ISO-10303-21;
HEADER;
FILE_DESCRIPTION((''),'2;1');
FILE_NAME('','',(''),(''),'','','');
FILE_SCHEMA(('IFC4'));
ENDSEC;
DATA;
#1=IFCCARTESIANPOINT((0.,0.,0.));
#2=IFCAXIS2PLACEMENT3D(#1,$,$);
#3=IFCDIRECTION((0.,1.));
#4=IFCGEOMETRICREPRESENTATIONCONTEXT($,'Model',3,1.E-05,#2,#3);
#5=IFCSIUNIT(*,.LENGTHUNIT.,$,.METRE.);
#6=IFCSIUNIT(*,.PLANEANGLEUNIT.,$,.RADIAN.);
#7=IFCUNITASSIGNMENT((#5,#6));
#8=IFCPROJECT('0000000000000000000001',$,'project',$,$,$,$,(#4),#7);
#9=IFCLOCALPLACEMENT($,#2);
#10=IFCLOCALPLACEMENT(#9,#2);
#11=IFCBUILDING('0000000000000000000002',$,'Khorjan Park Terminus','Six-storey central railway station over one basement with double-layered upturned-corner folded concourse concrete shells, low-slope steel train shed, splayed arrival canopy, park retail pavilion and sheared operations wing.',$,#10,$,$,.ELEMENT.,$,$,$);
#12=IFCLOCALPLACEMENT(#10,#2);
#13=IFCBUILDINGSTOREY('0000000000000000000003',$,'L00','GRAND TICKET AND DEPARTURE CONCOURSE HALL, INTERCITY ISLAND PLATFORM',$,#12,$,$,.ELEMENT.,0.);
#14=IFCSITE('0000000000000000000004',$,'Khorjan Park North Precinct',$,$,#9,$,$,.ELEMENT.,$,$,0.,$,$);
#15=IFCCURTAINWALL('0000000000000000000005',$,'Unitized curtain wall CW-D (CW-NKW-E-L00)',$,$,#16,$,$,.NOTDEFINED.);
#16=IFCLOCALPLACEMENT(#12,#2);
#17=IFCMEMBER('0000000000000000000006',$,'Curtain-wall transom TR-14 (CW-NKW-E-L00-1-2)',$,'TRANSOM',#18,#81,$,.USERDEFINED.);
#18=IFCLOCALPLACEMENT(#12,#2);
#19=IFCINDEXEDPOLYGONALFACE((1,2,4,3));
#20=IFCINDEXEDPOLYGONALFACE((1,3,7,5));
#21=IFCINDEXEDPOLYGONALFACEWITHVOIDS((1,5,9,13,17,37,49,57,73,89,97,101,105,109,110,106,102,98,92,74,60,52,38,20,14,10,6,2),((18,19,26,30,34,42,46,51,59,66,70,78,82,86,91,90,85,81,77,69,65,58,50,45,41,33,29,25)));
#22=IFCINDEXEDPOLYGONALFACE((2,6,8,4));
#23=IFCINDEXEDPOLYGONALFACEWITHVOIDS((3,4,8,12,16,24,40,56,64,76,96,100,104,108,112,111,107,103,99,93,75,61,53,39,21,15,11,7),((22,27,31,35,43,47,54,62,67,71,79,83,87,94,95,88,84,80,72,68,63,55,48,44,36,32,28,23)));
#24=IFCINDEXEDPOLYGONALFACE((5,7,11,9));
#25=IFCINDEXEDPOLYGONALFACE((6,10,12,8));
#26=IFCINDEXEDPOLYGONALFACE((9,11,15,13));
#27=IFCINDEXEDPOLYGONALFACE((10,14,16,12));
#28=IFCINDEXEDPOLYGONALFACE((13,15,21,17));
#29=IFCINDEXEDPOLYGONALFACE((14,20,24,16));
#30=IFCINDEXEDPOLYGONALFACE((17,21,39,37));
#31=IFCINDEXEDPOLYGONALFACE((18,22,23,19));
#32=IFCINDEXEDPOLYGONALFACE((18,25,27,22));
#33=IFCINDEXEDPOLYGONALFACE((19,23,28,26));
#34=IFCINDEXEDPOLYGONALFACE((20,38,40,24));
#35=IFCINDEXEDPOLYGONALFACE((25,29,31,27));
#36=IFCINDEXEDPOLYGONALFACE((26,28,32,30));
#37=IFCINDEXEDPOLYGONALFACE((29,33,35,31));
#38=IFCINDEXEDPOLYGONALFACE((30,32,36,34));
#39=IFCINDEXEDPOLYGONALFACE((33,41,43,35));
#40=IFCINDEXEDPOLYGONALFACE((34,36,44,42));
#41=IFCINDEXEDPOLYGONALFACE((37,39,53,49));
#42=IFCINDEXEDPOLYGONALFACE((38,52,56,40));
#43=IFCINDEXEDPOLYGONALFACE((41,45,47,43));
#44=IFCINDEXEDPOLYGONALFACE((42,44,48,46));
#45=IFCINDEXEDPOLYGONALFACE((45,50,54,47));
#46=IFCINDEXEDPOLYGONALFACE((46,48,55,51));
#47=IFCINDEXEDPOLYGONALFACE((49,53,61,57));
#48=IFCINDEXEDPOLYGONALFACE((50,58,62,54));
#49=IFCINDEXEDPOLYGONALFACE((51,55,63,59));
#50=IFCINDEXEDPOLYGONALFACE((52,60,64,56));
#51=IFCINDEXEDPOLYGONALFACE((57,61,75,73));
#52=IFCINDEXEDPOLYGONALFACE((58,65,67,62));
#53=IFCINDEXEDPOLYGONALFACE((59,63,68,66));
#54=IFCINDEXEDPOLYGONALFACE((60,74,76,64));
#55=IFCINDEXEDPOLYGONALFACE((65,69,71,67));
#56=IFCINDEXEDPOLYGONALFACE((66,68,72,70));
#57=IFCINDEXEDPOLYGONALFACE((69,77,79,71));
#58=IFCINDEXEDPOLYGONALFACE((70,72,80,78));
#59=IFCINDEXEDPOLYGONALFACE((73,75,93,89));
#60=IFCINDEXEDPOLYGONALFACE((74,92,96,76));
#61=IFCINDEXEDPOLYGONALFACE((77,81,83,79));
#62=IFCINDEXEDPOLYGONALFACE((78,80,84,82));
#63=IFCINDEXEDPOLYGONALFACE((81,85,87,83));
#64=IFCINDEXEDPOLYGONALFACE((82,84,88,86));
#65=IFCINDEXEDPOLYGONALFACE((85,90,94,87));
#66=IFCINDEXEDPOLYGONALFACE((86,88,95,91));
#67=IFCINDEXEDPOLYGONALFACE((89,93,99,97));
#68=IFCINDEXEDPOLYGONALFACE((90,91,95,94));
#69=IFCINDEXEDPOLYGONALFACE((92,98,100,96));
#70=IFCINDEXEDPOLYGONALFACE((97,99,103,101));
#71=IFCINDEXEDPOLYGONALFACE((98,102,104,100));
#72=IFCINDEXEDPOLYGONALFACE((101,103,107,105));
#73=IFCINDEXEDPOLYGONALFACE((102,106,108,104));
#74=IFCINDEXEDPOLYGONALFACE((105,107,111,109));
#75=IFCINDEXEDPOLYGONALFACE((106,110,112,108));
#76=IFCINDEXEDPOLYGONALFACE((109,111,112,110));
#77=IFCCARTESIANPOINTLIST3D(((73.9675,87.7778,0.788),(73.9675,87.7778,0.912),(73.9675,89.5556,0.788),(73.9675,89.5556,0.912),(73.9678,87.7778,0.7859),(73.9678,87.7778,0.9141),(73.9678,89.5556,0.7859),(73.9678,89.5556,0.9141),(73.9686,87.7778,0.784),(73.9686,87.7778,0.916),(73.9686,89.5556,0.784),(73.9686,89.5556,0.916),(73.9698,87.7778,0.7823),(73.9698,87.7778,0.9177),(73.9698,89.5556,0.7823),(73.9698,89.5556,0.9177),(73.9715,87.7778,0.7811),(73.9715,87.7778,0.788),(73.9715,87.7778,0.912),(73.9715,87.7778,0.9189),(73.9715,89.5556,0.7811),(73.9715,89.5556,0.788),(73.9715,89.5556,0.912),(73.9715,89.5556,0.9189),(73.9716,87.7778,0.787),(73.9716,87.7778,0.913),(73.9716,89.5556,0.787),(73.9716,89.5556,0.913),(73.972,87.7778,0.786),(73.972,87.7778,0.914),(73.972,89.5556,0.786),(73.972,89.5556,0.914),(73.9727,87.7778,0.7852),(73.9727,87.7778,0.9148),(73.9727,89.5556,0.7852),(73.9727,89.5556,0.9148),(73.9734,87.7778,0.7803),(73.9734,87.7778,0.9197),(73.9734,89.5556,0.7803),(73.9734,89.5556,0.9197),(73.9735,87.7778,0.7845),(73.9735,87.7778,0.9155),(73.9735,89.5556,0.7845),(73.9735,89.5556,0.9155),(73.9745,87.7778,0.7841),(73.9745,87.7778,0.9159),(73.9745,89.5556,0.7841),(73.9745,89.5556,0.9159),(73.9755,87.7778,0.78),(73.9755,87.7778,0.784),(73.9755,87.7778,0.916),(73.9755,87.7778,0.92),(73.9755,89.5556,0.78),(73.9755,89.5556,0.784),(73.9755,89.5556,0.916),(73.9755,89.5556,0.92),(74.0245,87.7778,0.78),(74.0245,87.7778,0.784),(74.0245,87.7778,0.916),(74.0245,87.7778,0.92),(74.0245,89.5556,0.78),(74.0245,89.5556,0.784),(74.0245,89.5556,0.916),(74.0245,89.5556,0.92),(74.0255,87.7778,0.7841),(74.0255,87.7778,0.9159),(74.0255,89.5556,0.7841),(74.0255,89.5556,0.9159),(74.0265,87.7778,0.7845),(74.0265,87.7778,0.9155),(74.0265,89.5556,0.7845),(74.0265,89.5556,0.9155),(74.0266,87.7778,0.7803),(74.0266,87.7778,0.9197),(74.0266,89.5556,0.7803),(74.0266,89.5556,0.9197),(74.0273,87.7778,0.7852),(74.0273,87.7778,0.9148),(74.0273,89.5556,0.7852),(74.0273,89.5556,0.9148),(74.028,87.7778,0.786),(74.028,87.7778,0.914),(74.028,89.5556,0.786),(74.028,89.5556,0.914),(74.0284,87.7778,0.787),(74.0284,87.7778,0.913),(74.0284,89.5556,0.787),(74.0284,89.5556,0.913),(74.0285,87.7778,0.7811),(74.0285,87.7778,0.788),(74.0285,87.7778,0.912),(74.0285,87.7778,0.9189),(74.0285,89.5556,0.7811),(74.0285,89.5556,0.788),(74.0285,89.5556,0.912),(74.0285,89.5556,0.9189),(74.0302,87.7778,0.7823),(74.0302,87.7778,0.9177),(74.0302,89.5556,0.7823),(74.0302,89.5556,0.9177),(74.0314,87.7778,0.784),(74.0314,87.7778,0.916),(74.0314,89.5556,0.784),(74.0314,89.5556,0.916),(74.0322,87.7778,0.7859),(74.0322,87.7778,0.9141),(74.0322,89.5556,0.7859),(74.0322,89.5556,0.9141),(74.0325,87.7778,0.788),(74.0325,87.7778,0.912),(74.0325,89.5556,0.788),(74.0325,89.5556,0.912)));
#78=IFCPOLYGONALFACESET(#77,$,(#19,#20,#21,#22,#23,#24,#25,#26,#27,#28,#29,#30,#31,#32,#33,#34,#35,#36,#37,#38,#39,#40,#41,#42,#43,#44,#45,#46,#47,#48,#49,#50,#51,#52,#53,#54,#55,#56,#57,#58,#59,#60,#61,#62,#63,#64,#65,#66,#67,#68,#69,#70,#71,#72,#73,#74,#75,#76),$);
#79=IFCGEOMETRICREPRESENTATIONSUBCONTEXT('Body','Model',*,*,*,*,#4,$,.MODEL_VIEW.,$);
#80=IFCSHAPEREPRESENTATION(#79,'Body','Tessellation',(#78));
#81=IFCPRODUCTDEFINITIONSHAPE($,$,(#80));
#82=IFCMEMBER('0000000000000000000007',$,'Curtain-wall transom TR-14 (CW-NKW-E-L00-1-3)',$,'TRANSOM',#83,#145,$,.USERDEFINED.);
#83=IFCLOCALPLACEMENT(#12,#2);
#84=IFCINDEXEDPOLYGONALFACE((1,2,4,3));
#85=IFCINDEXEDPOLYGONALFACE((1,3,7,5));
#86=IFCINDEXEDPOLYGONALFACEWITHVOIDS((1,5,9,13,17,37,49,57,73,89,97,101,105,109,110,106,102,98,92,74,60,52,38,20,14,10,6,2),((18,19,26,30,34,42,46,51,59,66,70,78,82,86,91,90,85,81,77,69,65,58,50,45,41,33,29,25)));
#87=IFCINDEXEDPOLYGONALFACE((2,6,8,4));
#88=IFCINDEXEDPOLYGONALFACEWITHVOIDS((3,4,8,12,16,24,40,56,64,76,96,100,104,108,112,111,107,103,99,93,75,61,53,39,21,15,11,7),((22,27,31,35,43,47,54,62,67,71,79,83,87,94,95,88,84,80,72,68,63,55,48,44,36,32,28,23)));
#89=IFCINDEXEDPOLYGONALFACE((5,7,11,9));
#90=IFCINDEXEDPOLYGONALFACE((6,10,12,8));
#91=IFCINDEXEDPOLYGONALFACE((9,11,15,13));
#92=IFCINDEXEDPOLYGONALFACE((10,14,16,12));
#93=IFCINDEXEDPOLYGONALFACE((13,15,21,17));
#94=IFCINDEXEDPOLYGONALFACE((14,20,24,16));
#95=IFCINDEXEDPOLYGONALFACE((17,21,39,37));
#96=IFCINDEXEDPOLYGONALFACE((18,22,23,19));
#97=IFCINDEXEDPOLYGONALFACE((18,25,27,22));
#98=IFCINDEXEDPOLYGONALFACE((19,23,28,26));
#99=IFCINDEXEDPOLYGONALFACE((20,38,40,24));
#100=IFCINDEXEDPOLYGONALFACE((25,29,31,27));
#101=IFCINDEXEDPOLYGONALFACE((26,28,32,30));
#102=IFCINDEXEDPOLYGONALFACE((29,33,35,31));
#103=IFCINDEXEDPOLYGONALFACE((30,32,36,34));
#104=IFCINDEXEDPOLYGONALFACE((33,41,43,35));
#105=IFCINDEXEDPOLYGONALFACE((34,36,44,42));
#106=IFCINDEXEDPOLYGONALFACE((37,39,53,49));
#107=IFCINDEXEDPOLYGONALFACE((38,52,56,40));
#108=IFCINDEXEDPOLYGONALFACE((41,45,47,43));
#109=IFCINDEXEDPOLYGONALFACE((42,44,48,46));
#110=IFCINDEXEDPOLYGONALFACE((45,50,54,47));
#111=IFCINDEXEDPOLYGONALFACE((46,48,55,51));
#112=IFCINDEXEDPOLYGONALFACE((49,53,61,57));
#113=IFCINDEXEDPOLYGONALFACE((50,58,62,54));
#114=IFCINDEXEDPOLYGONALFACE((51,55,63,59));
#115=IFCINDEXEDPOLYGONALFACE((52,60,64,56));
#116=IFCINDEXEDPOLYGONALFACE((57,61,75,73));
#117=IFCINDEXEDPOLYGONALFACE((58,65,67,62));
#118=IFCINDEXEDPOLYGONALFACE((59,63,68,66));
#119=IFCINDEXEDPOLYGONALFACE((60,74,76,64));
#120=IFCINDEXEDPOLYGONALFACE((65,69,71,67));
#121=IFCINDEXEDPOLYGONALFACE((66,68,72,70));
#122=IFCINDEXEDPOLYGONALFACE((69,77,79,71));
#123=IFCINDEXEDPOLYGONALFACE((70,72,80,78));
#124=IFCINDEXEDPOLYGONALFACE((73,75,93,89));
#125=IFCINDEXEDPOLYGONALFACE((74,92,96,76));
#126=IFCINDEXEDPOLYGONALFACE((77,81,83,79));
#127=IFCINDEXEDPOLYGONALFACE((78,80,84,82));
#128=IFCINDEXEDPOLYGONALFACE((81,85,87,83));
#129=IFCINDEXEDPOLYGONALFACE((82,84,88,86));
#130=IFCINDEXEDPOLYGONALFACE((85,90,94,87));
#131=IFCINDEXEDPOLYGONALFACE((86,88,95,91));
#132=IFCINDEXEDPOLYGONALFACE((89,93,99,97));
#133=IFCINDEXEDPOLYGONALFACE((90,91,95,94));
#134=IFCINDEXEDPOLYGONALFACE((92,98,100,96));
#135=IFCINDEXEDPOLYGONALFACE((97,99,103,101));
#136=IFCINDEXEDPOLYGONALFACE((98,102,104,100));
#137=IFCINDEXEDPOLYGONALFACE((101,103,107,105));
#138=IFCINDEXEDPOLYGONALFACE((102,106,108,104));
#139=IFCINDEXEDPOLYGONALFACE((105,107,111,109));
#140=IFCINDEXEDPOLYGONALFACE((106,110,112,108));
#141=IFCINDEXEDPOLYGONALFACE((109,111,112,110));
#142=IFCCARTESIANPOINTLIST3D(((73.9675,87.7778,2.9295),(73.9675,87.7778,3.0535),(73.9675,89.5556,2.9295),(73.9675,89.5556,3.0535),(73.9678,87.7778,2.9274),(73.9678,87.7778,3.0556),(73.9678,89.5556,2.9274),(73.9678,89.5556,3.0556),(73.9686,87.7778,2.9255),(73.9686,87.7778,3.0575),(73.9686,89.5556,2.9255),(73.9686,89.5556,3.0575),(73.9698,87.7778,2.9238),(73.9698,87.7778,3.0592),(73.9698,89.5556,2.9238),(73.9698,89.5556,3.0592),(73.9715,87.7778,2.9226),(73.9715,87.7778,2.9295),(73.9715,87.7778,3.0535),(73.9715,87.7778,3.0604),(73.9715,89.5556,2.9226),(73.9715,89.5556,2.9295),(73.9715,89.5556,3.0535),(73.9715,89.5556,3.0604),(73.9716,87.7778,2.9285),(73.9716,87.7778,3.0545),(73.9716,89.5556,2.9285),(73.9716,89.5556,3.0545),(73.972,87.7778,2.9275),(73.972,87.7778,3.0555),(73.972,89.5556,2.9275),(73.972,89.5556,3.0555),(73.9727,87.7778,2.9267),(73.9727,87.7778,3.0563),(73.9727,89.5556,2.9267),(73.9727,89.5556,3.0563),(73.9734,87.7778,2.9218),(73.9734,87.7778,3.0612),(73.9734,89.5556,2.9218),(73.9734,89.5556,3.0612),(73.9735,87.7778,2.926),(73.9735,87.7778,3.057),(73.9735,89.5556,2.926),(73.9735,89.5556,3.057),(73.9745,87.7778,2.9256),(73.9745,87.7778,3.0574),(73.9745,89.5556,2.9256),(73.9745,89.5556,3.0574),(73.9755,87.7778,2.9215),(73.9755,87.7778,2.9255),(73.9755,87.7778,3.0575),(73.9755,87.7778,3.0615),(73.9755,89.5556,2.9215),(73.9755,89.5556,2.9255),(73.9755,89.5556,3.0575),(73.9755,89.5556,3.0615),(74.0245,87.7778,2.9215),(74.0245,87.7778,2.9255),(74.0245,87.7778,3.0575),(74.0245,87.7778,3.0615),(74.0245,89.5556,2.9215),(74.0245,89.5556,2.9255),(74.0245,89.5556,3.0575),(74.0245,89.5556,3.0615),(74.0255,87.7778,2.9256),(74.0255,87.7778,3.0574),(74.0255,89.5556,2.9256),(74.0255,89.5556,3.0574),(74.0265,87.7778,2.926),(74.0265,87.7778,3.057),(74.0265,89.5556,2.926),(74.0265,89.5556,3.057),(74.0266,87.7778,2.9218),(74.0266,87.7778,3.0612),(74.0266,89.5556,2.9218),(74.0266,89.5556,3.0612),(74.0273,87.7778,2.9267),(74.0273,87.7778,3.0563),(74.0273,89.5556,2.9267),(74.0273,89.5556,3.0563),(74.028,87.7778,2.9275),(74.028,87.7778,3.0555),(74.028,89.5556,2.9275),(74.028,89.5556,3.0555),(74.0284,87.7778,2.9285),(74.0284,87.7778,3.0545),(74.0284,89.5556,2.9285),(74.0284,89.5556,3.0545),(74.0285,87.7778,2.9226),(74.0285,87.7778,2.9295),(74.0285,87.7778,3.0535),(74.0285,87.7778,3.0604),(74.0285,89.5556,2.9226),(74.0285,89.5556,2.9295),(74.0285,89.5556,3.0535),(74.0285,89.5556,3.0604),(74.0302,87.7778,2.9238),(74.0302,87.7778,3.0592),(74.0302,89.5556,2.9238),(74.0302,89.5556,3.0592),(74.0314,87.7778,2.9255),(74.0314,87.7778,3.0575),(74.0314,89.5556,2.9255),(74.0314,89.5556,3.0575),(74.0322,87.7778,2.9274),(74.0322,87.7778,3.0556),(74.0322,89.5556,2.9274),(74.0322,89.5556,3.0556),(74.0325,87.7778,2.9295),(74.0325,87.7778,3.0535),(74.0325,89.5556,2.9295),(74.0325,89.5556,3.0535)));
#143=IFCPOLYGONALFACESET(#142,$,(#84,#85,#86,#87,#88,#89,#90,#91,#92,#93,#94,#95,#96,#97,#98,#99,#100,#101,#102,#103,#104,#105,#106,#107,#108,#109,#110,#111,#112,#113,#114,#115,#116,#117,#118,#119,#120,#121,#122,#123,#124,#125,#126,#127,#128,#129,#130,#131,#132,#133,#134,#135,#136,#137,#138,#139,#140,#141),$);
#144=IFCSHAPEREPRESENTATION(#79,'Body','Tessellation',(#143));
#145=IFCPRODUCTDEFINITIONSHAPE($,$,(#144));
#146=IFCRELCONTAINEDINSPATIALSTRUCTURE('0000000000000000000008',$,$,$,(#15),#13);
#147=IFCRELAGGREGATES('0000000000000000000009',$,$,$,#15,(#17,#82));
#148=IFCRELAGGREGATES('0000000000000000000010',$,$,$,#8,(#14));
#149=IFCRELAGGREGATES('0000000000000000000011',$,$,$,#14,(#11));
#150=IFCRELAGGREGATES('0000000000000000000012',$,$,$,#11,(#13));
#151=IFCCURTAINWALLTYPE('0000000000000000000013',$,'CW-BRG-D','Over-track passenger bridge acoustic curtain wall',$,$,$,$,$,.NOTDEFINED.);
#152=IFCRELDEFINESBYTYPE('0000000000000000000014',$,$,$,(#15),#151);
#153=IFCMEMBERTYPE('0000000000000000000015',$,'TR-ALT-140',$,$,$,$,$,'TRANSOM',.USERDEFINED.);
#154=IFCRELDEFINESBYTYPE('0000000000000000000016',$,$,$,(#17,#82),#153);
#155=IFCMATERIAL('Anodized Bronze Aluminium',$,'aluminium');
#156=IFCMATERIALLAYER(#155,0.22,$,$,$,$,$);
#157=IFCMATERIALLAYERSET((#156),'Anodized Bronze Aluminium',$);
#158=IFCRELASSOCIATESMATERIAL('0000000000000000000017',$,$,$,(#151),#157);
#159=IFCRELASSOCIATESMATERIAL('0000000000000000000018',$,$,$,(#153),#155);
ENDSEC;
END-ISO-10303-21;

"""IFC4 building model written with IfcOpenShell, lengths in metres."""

from ifc_helpers import new_model, si_unit, direction, frame, origin, origin_2d, place, context, subcontext, project, spatial, hollow_rectangle, extrude, material, layer, layer_set, material_profile, profile_set, type_object, element, aggregate, save


model = new_model("IFC4")

# Units and contexts
model_context = context("Model", 3, precision=1e-05, world=origin(), true_north=direction((0.0, 1.0)))
body_context = subcontext(model_context, "Body", "Model", "MODEL_VIEW")
ifc_project = project(units=[si_unit("LENGTHUNIT", "METRE"), si_unit("PLANEANGLEUNIT", "RADIAN")], contexts=[model_context])

# Site, building, storey
site_placement = place(None, origin())
site = spatial("IfcSite", under=ifc_project, at=site_placement, Name="Khorjan Park North Precinct", CompositionType="ELEMENT", RefElevation=0.0)
building_placement = place(site_placement, origin())
building = spatial("IfcBuilding", under=site, at=building_placement, Name="Khorjan Park Terminus", Description="Six-storey central railway station over one basement with double-layered upturned-corner folded concourse concrete shells, low-slope steel train shed, splayed arrival canopy, park retail pavilion and sheared operations wing.", CompositionType="ELEMENT")
storey_placement = place(building_placement, origin())
storey = spatial("IfcBuildingStorey", under=building, at=storey_placement, Name="L00", Description="GRAND TICKET AND DEPARTURE CONCOURSE HALL, INTERCITY ISLAND PLATFORM", CompositionType="ELEMENT", Elevation=0.0)

# Curtain wall, members
ifc_material_1 = material(Name="Anodized Bronze Aluminium", Category="aluminium")
ifc_layer_1 = layer(ifc_material_1, 0.22)
ifc_layer_set_1 = layer_set([ifc_layer_1], Name="Anodized Bronze Aluminium")
curtain_wall_type = type_object("IfcCurtainWallType", Name="CW-BRG-D", Description="Over-track passenger bridge acoustic curtain wall", PredefinedType="NOTDEFINED", material=ifc_layer_set_1)
curtain_wall_placement = place(storey_placement, origin())
curtain_wall = element("IfcCurtainWall", 1, at=curtain_wall_placement, inside=storey, type_object=curtain_wall_type, Name="Unitized curtain wall CW-D (CW-NKW-E-L00)", PredefinedType="NOTDEFINED")
ifc_material_profile_1 = material_profile(ifc_material_1, hollow_rectangle(XDim=0.065, YDim=0.14, WallThickness=0.004, InnerFilletRadius=0.004, OuterFilletRadius=0.008, at=origin_2d()), Name="ALT 65x140x4")
ifc_profile_set_1 = profile_set([ifc_material_profile_1], Name="Anodized Bronze Aluminium")
member_type_1 = type_object("IfcMemberType", Name="TR-ALT-140", ElementType="TRANSOM", PredefinedType="USERDEFINED", material=ifc_profile_set_1)
member_1_placement = place(storey_placement, frame((74.0, 87.7778, 0.85), z_axis=(0.0, 1.0, 0.0), x_axis=(-1.0, 0.0, 0.0)))
member_1 = element("IfcMember", 2, at=member_1_placement, type_object=member_type_1, Name="Curtain-wall transom TR-14 (CW-NKW-E-L00-1-2)", ObjectType="TRANSOM", PredefinedType="USERDEFINED", context=body_context, shape_type="SweptSolid", body=[
    extrude(hollow_rectangle(XDim=0.065, YDim=0.14, WallThickness=0.004, InnerFilletRadius=0.004, OuterFilletRadius=0.008, at=origin_2d()), origin(), (0.0, 0.0, 1.0), 1.7778),
])
member_2_placement = place(storey_placement, frame((74.0, 87.7778, 2.9915), z_axis=(0.0, 1.0, 0.0), x_axis=(-1.0, 0.0, 0.0)))
member_2 = element("IfcMember", 3, at=member_2_placement, type_object=member_type_1, Name="Curtain-wall transom TR-14 (CW-NKW-E-L00-1-3)", ObjectType="TRANSOM", PredefinedType="USERDEFINED", context=body_context, shape_type="SweptSolid", body=[
    extrude(hollow_rectangle(XDim=0.065, YDim=0.14, WallThickness=0.004, InnerFilletRadius=0.004, OuterFilletRadius=0.008, at=origin_2d()), origin(), (0.0, 0.0, 1.0), 1.7778),
])
aggregate(curtain_wall, [member_1, member_2])

save(model, "model.ifc")
